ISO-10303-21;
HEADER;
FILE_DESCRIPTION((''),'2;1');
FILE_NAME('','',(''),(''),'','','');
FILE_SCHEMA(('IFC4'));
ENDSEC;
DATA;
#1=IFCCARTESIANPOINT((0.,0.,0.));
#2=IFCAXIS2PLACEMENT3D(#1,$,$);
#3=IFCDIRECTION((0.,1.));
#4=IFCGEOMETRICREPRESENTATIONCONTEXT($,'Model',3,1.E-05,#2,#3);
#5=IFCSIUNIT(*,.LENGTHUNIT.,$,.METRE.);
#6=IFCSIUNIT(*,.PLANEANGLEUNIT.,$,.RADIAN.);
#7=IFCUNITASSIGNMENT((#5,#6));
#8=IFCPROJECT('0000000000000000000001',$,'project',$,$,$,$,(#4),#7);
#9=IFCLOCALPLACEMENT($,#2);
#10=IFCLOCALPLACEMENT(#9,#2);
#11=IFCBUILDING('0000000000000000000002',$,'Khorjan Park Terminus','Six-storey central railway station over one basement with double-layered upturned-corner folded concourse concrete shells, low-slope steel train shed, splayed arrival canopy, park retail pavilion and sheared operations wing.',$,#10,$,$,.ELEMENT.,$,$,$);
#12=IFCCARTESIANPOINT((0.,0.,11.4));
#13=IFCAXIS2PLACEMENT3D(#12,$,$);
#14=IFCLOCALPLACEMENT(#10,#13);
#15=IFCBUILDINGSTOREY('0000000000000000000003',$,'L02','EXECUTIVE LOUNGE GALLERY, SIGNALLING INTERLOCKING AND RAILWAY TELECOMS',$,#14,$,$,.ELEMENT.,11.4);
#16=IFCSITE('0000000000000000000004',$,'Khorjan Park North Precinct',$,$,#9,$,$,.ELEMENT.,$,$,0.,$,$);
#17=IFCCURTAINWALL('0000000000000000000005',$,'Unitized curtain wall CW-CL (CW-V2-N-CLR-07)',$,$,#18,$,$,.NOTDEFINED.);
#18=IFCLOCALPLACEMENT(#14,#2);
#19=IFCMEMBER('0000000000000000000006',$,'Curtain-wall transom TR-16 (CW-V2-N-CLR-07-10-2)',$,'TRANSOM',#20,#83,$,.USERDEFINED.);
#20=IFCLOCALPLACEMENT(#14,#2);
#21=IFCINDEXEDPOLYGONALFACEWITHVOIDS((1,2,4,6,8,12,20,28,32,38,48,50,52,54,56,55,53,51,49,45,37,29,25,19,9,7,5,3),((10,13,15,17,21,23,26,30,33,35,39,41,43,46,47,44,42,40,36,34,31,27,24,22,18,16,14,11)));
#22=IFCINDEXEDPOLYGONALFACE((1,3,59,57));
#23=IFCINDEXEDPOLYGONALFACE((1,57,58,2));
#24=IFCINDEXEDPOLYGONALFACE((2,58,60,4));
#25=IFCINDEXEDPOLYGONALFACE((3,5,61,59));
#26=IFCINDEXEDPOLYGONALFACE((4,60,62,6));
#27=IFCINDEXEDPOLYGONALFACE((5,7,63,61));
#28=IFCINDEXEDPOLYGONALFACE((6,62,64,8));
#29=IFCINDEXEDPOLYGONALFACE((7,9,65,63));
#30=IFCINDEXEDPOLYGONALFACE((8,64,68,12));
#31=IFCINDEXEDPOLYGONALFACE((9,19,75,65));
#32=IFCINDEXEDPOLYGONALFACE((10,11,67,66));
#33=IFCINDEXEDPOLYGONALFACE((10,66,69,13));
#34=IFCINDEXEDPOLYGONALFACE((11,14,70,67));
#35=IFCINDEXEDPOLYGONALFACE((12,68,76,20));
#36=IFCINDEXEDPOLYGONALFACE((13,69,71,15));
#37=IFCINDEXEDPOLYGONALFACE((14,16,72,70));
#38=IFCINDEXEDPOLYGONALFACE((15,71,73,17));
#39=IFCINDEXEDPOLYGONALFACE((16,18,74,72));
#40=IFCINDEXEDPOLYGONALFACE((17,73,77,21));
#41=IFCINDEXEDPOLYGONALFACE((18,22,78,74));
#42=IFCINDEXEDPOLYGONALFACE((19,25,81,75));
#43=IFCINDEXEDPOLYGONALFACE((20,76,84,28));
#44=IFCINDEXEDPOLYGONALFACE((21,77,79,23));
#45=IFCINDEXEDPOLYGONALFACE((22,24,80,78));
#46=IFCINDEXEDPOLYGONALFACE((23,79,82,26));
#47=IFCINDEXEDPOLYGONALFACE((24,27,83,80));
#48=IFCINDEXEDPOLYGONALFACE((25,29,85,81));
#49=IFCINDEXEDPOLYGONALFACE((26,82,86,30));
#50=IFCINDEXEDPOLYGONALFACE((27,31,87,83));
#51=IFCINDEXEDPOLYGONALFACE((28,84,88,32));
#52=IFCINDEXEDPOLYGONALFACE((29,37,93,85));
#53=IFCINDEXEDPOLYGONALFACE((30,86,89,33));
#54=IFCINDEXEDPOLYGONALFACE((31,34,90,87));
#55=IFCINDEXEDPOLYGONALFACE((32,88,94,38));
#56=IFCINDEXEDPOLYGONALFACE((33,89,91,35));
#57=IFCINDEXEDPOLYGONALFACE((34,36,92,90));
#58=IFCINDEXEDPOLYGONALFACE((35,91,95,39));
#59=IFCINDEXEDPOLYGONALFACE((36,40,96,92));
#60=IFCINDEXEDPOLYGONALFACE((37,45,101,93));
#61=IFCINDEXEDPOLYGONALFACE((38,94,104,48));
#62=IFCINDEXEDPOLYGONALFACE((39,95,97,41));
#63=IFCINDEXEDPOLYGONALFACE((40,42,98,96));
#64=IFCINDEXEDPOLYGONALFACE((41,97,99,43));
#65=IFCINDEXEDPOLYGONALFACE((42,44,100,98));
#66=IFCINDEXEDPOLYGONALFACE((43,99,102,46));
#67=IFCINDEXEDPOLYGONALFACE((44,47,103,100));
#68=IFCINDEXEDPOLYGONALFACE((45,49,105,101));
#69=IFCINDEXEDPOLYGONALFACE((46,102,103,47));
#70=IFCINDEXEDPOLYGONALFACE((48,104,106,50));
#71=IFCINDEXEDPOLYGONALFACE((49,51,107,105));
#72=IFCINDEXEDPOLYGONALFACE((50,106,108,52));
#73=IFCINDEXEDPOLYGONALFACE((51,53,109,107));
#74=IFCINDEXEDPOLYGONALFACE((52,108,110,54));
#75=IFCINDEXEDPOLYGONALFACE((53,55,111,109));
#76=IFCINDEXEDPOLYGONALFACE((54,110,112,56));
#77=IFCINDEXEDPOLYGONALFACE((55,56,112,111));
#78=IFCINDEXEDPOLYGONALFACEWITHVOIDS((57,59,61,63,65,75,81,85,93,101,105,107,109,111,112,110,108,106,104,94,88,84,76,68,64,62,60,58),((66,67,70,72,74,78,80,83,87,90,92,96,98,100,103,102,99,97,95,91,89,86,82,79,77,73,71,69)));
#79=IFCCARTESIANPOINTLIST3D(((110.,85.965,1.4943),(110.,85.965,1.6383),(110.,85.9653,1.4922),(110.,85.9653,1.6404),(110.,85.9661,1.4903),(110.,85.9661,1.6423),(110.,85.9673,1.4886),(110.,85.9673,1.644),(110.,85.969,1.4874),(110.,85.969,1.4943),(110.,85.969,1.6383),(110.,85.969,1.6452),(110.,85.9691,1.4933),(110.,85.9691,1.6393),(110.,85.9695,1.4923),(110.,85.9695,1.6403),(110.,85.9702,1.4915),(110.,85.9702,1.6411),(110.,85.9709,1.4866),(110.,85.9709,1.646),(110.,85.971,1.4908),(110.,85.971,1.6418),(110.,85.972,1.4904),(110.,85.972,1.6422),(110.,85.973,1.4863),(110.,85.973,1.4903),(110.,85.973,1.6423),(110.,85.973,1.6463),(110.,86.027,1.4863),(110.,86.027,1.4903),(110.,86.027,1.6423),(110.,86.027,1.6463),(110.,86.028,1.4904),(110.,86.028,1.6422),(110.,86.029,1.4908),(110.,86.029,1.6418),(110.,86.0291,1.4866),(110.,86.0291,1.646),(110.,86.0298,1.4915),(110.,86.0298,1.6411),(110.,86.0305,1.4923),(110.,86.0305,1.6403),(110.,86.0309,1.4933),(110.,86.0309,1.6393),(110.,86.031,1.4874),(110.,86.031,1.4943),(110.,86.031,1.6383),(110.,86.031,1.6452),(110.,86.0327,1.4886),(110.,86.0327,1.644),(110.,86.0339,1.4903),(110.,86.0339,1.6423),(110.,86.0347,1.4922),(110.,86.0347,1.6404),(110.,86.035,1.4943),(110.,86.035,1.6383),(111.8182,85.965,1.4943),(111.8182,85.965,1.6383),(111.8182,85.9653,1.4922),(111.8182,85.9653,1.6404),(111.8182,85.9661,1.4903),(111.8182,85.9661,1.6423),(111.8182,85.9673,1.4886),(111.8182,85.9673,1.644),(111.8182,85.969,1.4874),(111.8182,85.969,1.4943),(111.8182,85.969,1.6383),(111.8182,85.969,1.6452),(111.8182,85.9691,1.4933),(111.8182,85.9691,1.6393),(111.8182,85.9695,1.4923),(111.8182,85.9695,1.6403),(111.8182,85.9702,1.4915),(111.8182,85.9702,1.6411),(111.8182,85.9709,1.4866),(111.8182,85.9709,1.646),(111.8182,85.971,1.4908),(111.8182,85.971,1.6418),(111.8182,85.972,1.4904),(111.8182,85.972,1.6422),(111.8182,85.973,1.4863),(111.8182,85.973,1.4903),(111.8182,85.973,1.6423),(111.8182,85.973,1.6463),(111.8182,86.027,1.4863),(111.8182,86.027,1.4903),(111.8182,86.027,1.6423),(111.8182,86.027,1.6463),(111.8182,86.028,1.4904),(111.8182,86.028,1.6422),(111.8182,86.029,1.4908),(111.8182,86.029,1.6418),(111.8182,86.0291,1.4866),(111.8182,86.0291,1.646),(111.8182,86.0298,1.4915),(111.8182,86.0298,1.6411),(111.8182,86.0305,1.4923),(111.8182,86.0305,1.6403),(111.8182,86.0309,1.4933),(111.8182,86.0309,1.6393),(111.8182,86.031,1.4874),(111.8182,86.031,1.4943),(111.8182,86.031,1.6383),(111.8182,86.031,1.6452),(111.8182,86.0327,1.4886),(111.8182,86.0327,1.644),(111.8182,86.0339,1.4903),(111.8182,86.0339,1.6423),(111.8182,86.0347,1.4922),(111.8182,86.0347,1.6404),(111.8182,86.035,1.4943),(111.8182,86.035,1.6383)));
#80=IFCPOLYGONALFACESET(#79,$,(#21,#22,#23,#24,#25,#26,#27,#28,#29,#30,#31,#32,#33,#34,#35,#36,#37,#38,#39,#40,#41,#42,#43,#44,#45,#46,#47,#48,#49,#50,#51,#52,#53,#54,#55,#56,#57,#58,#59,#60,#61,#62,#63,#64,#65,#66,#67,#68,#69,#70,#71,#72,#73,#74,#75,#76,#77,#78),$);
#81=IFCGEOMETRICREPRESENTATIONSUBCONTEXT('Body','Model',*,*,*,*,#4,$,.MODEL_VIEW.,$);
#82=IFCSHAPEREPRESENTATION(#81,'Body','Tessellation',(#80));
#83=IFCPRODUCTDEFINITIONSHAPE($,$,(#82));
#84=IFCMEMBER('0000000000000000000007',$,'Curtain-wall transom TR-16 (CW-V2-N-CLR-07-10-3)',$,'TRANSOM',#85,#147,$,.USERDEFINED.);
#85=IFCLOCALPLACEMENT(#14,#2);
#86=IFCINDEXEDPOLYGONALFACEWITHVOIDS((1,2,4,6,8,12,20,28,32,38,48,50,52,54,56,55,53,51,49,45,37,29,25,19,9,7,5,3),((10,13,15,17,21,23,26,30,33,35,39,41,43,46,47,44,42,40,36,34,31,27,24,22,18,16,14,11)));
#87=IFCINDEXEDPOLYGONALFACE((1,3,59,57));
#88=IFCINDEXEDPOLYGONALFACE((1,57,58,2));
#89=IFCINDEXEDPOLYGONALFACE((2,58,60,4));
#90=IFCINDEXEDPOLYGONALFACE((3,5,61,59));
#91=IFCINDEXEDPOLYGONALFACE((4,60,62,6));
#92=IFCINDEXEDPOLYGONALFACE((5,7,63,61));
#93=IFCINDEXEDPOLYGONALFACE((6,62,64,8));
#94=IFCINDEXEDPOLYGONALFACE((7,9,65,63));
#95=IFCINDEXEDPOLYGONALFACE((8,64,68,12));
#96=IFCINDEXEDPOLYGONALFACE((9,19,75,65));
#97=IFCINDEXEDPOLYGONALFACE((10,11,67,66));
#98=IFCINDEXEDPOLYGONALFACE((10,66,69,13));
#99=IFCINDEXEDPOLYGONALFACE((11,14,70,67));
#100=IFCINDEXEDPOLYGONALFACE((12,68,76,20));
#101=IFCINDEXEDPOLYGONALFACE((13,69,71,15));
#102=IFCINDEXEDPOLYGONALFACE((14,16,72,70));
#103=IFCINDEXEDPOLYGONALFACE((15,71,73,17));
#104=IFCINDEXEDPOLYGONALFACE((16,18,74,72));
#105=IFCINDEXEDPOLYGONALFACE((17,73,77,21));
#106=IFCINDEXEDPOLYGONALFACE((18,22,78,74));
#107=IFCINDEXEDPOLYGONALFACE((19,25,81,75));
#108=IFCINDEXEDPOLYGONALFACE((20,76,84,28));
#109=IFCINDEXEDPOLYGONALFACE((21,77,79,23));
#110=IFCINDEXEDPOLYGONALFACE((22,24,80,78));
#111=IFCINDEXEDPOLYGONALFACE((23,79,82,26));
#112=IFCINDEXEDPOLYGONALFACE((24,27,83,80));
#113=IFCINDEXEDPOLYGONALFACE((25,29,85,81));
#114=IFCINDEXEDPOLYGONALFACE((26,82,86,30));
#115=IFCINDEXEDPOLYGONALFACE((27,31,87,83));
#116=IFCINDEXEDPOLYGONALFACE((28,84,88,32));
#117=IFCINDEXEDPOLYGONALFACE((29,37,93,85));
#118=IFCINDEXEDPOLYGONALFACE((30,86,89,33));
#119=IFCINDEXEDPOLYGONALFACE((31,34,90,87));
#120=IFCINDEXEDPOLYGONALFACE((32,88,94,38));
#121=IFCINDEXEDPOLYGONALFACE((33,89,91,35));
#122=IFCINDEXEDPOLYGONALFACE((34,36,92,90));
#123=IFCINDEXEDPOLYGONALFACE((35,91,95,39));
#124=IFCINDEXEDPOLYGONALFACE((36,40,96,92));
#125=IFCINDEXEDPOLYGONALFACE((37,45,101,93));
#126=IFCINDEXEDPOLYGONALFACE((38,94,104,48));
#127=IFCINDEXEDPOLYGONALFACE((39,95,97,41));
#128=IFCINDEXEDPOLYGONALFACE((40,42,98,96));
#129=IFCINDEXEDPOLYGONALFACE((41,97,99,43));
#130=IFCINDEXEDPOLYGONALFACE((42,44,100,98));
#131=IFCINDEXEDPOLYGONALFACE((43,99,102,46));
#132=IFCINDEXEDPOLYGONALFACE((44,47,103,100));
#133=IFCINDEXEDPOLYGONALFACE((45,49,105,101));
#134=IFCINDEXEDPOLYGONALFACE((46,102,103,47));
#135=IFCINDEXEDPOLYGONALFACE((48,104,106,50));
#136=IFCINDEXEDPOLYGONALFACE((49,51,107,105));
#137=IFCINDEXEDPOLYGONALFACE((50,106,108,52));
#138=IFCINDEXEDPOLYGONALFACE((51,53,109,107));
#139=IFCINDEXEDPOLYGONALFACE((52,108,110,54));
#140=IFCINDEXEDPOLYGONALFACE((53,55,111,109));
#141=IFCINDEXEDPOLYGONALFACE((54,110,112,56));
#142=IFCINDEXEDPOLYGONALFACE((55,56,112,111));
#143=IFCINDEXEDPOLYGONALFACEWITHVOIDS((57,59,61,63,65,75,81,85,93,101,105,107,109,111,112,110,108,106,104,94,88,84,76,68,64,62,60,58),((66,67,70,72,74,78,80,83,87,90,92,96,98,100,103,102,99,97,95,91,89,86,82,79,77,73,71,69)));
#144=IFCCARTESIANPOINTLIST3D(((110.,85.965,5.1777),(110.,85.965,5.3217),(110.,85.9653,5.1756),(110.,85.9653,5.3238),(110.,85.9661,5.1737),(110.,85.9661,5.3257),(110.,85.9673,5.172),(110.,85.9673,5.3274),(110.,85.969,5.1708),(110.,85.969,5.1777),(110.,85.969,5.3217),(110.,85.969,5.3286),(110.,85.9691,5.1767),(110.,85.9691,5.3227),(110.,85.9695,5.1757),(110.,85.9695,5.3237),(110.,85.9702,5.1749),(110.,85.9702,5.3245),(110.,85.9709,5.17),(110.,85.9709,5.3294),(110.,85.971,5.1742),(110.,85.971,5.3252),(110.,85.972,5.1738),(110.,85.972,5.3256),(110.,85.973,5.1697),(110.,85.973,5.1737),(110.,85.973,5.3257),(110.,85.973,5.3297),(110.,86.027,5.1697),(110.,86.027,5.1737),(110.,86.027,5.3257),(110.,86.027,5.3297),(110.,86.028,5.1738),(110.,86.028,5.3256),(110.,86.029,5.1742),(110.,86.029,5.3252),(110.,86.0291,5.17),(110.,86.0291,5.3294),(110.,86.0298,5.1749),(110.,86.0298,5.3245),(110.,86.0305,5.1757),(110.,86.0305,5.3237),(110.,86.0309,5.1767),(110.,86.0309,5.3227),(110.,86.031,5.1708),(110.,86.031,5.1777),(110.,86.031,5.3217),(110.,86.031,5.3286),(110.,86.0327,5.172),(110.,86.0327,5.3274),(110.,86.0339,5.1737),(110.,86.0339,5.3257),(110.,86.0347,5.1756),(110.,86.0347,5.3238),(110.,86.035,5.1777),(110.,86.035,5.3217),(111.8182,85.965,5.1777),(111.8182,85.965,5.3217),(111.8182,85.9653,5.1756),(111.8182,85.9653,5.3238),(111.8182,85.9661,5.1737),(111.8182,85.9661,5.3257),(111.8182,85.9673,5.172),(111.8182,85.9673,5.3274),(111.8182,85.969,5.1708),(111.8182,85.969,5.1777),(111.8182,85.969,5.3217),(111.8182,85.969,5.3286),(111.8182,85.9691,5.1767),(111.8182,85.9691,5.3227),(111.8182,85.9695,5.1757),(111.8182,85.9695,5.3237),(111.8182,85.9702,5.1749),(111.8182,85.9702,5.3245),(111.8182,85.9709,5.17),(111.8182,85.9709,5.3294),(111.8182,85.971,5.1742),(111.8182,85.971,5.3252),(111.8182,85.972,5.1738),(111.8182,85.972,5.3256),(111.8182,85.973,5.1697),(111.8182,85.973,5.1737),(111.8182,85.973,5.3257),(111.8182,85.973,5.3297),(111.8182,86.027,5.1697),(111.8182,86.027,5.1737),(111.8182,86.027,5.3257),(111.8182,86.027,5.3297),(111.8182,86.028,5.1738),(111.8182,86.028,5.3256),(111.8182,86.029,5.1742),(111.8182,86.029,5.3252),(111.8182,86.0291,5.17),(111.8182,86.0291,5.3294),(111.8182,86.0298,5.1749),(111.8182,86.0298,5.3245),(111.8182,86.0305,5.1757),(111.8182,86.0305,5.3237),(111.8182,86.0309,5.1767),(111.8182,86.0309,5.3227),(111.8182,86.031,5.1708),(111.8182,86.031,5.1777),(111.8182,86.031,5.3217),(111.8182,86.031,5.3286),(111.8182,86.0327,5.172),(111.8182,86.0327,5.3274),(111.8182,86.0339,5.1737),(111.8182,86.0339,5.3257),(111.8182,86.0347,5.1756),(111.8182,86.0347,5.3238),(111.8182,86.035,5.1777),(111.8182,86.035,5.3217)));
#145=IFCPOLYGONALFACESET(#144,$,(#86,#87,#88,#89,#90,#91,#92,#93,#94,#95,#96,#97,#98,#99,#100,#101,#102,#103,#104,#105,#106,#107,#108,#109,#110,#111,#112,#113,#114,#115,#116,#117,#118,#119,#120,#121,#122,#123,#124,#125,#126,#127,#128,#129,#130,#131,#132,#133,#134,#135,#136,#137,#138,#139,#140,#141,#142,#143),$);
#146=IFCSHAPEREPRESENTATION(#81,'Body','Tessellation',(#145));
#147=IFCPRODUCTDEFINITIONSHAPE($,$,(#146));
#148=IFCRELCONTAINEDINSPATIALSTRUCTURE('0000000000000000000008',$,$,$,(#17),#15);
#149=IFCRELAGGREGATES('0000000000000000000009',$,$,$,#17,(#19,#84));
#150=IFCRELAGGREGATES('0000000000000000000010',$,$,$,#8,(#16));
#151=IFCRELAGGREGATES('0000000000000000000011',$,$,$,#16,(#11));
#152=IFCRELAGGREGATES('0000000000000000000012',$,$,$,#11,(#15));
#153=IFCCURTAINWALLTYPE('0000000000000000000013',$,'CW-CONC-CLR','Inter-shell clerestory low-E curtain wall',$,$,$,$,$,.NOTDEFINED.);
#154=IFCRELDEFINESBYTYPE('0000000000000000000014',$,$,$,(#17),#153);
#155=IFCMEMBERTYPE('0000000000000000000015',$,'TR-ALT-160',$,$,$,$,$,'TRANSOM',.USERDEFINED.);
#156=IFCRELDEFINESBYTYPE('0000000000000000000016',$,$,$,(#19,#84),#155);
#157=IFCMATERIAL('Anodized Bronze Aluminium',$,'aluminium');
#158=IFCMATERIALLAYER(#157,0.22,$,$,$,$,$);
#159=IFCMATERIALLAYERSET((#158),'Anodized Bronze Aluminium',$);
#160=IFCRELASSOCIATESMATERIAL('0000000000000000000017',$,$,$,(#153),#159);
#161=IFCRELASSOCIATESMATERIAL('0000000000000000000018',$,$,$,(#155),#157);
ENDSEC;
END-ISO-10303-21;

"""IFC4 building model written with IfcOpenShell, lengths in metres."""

from ifc_helpers import new_model, si_unit, direction, frame, origin, origin_2d, place, context, subcontext, project, spatial, hollow_rectangle, extrude, material, layer, layer_set, material_profile, profile_set, type_object, element, aggregate, save


model = new_model("IFC4")

# Units and contexts
model_context = context("Model", 3, precision=1e-05, world=origin(), true_north=direction((0.0, 1.0)))
body_context = subcontext(model_context, "Body", "Model", "MODEL_VIEW")
ifc_project = project(units=[si_unit("LENGTHUNIT", "METRE"), si_unit("PLANEANGLEUNIT", "RADIAN")], contexts=[model_context])

# Site, building, storey
site_placement = place(None, origin())
site = spatial("IfcSite", under=ifc_project, at=site_placement, Name="Khorjan Park North Precinct", CompositionType="ELEMENT", RefElevation=0.0)
building_placement = place(site_placement, origin())
building = spatial("IfcBuilding", under=site, at=building_placement, Name="Khorjan Park Terminus", Description="Six-storey central railway station over one basement with double-layered upturned-corner folded concourse concrete shells, low-slope steel train shed, splayed arrival canopy, park retail pavilion and sheared operations wing.", CompositionType="ELEMENT")
storey_placement = place(building_placement, frame((0.0, 0.0, 11.4)))
storey = spatial("IfcBuildingStorey", under=building, at=storey_placement, Name="L02", Description="EXECUTIVE LOUNGE GALLERY, SIGNALLING INTERLOCKING AND RAILWAY TELECOMS", CompositionType="ELEMENT", Elevation=11.4)

# Shared definitions
ifc_material_1 = material(Name="Anodized Bronze Aluminium", Category="aluminium")
ifc_layer_1 = layer(ifc_material_1, 0.22)
ifc_layer_set_1 = layer_set([ifc_layer_1], Name="Anodized Bronze Aluminium")
curtain_wall_type = type_object("IfcCurtainWallType", Name="CW-CONC-CLR", Description="Inter-shell clerestory low-E curtain wall", PredefinedType="NOTDEFINED", material=ifc_layer_set_1)

# Curtain wall
curtain_wall_1_placement = place(storey_placement, origin())
curtain_wall_1 = element("IfcCurtainWall", 1, at=curtain_wall_1_placement, inside=storey, type_object=curtain_wall_type, Name="Unitized curtain wall CW-CL (CW-V2-N-CLR-07)", PredefinedType="NOTDEFINED")

# Members
ifc_material_profile_1 = material_profile(ifc_material_1, hollow_rectangle(XDim=0.07, YDim=0.16, WallThickness=0.004, InnerFilletRadius=0.004, OuterFilletRadius=0.008, at=origin_2d()), Name="ALT 70x160x4")
ifc_profile_set_1 = profile_set([ifc_material_profile_1], Name="Anodized Bronze Aluminium")
member_type_1 = type_object("IfcMemberType", Name="TR-ALT-160", ElementType="TRANSOM", PredefinedType="USERDEFINED", material=ifc_profile_set_1)
member_1_placement = place(storey_placement, frame((111.8182, 86.0, 1.5663), z_axis=(-1.0, 0.0, 0.0), x_axis=(0.0, -1.0, 0.0)))
member_1 = element("IfcMember", 2, at=member_1_placement, type_object=member_type_1, Name="Curtain-wall transom TR-16 (CW-V2-N-CLR-07-10-2)", ObjectType="TRANSOM", PredefinedType="USERDEFINED", context=body_context, shape_type="SweptSolid", body=[
    extrude(hollow_rectangle(XDim=0.07, YDim=0.16, WallThickness=0.004, InnerFilletRadius=0.004, OuterFilletRadius=0.008, at=origin_2d()), origin(), (0.0, 0.0, 1.0), 1.8182),
])
member_2_placement = place(storey_placement, frame((111.8182, 86.0, 5.2497), z_axis=(-1.0, 0.0, 0.0), x_axis=(0.0, -1.0, 0.0)))
member_2 = element("IfcMember", 3, at=member_2_placement, type_object=member_type_1, Name="Curtain-wall transom TR-16 (CW-V2-N-CLR-07-10-3)", ObjectType="TRANSOM", PredefinedType="USERDEFINED", context=body_context, shape_type="SweptSolid", body=[
    extrude(hollow_rectangle(XDim=0.07, YDim=0.16, WallThickness=0.004, InnerFilletRadius=0.004, OuterFilletRadius=0.008, at=origin_2d()), origin(), (0.0, 0.0, 1.0), 1.8182),
])

aggregate(curtain_wall_1, [member_1, member_2])

save(model, "model.ifc")
